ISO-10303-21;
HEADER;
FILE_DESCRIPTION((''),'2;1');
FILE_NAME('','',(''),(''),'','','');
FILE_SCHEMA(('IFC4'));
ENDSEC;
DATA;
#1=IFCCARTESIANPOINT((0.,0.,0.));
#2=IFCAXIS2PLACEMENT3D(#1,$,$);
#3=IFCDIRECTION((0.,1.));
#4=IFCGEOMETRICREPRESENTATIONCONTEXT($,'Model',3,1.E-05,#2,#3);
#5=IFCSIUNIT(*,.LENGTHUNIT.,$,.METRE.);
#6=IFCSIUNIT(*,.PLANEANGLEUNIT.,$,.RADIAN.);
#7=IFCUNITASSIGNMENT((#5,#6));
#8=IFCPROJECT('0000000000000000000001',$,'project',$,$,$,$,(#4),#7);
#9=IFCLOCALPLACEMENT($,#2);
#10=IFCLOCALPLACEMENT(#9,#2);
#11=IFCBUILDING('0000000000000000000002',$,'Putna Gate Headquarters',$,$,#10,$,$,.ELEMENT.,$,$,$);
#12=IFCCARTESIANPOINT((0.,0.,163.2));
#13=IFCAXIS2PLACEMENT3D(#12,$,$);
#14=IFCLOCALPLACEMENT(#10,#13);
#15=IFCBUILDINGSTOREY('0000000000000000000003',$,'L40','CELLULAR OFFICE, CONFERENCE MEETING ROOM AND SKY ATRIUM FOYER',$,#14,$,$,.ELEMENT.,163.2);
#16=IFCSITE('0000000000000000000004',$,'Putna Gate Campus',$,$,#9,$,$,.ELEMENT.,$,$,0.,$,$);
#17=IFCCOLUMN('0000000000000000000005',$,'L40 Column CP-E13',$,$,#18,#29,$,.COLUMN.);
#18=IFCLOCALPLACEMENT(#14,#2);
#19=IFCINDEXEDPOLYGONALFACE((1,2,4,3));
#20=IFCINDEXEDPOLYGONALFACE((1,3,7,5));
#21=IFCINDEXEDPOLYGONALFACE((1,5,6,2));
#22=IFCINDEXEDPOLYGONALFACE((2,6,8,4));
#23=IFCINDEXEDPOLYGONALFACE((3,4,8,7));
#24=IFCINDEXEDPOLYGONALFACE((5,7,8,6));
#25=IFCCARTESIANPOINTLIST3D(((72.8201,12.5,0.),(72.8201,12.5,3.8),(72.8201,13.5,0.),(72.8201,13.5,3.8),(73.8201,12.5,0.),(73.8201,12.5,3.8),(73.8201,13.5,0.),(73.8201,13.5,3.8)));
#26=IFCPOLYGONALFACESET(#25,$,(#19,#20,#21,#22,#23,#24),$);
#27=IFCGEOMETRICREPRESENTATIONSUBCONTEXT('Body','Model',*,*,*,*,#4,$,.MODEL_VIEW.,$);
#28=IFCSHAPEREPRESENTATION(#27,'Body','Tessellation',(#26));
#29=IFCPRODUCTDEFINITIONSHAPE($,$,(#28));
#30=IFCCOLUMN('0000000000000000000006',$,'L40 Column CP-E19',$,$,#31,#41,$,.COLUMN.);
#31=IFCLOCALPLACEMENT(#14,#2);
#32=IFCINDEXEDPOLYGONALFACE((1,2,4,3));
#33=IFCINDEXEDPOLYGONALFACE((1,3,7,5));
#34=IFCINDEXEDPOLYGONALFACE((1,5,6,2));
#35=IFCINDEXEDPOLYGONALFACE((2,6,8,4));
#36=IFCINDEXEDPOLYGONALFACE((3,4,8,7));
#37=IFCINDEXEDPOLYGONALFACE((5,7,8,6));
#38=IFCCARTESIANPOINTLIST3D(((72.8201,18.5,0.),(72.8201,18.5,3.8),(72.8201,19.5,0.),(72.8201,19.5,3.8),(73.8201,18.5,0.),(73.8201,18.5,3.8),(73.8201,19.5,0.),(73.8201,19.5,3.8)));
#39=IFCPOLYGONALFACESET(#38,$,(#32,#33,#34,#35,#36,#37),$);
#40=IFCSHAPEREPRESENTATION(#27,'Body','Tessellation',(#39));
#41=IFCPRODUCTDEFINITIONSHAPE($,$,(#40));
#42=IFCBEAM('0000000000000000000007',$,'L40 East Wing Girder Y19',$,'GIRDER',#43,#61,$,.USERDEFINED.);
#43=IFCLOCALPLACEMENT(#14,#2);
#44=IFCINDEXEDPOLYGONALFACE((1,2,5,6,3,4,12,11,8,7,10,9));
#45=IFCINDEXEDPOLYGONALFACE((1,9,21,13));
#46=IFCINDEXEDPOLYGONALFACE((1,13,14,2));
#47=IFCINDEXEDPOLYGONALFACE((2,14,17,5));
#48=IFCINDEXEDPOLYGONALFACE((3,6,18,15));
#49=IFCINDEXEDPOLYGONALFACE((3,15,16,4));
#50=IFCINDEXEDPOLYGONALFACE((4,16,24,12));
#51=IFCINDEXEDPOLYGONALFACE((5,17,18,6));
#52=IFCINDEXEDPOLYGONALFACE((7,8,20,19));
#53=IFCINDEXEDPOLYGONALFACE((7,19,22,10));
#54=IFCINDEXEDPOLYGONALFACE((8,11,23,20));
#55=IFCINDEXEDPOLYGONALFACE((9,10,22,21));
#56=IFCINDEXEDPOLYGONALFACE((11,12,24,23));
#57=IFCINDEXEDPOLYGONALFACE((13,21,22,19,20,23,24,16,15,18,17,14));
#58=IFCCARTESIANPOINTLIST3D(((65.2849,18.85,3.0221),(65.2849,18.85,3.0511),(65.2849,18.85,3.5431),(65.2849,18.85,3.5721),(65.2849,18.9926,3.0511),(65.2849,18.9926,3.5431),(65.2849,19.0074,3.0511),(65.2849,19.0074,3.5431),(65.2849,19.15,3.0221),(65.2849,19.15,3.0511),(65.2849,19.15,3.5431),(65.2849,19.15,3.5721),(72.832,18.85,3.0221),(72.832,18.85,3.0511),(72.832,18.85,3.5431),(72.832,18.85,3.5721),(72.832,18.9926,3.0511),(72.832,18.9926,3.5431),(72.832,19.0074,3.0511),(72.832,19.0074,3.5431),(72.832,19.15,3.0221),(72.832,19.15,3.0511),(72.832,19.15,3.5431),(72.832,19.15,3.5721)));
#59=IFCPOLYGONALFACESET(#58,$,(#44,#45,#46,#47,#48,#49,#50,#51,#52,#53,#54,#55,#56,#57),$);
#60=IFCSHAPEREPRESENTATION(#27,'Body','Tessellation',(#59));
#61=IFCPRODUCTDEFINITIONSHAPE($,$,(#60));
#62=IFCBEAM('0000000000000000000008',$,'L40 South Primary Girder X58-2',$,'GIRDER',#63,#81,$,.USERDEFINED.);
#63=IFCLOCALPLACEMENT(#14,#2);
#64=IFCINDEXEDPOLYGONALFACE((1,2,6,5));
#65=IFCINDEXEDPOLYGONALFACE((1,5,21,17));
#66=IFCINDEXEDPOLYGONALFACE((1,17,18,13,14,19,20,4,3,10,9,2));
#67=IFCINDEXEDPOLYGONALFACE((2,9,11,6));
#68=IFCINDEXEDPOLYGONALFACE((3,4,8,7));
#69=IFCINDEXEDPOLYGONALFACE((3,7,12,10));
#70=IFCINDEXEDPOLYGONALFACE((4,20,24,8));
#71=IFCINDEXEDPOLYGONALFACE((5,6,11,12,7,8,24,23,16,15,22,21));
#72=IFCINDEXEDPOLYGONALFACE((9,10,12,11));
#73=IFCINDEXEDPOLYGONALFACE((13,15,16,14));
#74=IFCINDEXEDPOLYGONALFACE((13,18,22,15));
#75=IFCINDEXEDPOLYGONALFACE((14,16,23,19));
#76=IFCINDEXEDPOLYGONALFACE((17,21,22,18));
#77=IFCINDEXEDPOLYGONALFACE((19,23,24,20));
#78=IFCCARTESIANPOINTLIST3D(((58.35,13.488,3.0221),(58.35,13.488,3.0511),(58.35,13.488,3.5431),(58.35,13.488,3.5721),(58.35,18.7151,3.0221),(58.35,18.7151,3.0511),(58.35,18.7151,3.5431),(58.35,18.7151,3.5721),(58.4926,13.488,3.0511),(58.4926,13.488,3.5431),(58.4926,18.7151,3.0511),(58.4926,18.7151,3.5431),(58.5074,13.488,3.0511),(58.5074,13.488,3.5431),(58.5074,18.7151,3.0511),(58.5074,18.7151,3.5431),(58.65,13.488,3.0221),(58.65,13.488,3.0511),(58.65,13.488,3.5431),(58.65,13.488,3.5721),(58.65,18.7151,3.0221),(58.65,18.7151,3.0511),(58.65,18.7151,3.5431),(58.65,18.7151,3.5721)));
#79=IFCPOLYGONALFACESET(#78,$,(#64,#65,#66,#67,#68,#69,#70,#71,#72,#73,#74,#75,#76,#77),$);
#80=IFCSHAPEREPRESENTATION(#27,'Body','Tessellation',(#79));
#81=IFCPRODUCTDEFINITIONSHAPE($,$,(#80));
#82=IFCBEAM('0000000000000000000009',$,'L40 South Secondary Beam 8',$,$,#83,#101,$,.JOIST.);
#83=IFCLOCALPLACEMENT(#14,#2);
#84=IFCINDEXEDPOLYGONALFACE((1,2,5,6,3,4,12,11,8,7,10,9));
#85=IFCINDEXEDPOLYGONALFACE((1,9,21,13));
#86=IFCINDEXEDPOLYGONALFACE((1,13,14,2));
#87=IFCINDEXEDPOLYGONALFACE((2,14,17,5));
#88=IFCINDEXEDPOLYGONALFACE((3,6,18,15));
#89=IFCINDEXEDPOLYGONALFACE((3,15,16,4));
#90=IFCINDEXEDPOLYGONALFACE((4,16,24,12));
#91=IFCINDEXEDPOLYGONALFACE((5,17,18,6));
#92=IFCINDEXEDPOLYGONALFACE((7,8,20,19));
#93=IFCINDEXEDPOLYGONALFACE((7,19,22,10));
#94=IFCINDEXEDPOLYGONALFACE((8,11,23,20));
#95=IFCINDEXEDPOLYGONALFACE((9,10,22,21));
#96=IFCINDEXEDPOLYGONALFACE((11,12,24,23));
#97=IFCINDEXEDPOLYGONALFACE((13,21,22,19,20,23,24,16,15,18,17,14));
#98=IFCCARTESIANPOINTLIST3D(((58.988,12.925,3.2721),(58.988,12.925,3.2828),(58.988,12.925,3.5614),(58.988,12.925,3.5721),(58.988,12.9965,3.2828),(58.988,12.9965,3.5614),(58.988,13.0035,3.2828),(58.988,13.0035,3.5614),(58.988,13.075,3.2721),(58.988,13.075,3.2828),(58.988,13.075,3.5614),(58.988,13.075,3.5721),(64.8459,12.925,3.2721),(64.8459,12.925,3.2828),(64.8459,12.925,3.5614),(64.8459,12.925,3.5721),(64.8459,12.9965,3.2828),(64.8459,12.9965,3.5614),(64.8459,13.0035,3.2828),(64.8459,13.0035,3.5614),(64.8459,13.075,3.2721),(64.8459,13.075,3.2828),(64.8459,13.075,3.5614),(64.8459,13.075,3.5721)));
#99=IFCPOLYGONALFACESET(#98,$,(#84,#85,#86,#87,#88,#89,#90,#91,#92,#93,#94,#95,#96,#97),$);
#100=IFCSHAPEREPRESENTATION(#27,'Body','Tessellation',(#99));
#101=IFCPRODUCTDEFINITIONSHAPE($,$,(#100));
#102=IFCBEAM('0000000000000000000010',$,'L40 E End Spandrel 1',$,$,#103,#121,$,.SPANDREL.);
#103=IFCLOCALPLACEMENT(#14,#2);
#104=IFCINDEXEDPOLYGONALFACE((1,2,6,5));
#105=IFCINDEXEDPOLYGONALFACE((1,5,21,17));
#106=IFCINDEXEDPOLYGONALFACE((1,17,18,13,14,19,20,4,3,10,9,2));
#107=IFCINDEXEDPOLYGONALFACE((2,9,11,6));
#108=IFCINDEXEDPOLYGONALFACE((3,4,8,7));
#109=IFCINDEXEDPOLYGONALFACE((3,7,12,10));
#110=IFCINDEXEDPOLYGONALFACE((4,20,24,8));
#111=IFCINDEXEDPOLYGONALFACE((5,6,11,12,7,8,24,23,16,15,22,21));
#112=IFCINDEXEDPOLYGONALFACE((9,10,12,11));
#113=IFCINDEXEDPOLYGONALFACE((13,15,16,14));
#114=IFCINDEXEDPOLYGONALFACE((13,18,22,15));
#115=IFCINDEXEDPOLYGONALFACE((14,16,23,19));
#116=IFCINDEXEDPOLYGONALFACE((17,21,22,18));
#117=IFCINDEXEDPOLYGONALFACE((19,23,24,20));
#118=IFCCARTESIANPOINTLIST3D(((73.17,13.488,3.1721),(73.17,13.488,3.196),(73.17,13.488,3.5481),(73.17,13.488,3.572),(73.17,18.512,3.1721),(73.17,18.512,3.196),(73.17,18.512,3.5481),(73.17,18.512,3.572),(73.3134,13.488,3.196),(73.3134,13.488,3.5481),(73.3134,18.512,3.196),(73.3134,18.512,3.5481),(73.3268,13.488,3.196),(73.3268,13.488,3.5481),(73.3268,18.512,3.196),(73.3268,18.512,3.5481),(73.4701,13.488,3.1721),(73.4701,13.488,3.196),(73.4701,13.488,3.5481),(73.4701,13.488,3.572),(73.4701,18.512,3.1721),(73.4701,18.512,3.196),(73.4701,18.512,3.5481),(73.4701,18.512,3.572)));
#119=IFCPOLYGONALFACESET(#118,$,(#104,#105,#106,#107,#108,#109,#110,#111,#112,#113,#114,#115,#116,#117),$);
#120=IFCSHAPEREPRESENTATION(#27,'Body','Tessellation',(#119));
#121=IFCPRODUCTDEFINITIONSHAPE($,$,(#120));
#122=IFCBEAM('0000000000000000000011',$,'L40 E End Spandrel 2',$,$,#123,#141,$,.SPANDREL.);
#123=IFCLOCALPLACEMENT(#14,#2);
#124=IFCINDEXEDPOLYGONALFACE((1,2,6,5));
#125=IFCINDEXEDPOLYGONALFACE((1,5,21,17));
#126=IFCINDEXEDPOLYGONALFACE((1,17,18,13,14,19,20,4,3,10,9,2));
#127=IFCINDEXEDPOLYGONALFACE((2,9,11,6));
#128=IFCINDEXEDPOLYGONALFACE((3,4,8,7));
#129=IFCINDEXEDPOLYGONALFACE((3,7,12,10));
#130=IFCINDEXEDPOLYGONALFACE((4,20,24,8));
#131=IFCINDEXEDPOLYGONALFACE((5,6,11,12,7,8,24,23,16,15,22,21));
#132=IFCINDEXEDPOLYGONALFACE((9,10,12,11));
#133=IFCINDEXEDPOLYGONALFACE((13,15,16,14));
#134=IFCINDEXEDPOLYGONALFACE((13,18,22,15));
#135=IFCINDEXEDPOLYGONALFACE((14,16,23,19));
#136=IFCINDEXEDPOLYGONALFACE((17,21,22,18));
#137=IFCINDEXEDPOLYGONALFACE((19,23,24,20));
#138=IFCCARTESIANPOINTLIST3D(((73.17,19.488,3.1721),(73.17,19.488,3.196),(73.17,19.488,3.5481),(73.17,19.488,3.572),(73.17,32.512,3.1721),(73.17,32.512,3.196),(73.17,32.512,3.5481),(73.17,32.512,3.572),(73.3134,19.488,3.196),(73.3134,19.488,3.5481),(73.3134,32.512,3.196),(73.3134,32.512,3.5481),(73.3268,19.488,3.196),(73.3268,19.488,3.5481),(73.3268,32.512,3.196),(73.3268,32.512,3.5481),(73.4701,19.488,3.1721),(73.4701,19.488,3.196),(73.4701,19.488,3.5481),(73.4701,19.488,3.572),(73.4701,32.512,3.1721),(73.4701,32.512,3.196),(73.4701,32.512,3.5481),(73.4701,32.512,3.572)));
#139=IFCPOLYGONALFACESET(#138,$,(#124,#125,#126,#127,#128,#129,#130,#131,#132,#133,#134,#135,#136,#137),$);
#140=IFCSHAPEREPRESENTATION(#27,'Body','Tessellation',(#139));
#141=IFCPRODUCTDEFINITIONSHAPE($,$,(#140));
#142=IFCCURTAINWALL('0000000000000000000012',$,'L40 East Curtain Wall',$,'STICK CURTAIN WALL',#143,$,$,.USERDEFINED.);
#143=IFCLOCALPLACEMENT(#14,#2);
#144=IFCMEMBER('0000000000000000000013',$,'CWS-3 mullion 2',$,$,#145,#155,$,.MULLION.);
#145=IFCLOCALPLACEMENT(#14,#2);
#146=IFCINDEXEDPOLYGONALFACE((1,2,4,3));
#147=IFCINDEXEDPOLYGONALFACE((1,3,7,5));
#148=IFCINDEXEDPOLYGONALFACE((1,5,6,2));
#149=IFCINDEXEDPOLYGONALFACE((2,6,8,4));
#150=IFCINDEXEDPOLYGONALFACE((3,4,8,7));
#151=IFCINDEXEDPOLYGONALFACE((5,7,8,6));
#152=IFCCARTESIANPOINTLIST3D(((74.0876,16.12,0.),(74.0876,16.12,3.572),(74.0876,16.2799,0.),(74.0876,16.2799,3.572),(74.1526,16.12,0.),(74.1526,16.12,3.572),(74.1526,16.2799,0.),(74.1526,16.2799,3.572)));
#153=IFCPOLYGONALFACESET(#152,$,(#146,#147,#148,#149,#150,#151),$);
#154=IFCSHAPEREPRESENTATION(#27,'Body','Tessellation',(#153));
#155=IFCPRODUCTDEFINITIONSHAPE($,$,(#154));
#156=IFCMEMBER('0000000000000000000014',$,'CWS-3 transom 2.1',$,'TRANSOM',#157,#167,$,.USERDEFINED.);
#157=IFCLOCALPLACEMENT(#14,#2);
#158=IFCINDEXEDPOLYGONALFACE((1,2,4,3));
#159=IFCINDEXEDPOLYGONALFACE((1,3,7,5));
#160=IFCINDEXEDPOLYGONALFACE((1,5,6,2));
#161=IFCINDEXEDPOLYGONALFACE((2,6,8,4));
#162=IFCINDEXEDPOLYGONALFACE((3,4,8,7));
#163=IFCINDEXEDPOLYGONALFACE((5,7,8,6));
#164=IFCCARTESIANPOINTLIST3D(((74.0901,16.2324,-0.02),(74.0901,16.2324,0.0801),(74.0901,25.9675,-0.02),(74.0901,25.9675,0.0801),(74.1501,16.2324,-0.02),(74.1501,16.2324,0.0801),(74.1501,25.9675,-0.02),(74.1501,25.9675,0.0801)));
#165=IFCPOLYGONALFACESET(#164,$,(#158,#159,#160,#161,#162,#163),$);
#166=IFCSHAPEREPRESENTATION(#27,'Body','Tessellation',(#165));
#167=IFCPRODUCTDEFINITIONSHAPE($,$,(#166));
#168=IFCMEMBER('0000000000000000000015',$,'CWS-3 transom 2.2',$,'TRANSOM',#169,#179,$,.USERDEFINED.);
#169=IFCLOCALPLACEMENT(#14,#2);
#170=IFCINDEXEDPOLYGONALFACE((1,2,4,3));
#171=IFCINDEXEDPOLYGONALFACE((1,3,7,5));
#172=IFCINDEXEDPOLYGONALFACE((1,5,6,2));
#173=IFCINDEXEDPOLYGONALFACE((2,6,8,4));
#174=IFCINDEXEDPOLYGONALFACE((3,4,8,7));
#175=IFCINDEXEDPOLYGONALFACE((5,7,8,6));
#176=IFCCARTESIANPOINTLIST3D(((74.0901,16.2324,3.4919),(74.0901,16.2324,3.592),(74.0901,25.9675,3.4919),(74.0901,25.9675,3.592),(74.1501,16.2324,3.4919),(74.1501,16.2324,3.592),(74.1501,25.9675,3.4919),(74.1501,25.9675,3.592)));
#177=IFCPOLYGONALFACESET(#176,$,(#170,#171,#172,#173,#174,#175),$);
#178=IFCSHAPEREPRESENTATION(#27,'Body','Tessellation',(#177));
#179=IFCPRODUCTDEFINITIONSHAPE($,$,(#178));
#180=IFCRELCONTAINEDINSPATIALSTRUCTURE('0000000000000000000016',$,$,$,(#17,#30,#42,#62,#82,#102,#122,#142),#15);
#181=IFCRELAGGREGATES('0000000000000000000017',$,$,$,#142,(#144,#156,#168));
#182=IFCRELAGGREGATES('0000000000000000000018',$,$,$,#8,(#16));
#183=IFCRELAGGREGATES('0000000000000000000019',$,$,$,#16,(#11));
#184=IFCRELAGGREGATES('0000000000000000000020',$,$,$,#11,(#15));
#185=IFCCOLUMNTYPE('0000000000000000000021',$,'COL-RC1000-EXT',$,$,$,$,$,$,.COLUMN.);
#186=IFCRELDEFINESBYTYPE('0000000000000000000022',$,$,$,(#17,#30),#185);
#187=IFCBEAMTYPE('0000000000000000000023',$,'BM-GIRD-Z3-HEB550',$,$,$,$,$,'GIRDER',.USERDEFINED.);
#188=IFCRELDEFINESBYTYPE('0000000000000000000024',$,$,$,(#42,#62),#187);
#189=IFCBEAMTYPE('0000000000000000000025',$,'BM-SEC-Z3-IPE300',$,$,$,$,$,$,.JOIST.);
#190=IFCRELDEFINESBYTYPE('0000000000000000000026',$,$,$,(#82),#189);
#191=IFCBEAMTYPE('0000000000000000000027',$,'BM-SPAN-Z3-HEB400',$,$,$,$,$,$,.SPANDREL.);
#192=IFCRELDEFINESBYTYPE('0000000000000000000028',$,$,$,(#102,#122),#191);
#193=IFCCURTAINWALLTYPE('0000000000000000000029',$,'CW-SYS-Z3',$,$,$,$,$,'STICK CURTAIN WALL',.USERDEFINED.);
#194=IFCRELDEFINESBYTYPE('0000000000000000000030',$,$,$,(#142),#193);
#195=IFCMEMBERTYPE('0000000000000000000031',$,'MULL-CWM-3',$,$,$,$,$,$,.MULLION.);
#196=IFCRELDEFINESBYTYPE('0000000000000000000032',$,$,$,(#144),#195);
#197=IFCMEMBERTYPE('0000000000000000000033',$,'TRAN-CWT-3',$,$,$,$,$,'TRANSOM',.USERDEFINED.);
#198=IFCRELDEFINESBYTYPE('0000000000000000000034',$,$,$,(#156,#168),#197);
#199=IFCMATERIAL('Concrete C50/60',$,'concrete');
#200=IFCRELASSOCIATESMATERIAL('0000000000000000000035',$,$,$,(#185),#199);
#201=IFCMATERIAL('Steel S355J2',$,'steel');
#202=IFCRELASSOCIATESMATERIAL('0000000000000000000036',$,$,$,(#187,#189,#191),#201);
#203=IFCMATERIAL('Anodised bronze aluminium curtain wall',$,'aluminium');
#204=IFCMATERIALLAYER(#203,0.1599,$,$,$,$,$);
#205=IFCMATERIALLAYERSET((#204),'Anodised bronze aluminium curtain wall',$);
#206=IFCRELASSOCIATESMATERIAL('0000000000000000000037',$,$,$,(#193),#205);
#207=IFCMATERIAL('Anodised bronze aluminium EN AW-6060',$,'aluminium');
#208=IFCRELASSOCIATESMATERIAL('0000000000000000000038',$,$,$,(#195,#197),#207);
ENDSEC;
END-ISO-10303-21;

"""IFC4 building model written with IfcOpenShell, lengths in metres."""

from ifc_helpers import new_model, si_unit, direction, frame, origin, origin_2d, place, context, subcontext, project, spatial, rectangle, i_section, extrude, material, layer, layer_set, material_profile, profile_set, type_object, element, aggregate, save


model = new_model("IFC4")

# Units and contexts
model_context = context("Model", 3, precision=1e-05, world=origin(), true_north=direction((0.0, 1.0)))
body_context = subcontext(model_context, "Body", "Model", "MODEL_VIEW")
ifc_project = project(units=[si_unit("LENGTHUNIT", "METRE"), si_unit("PLANEANGLEUNIT", "RADIAN")], contexts=[model_context])

# Site, building, storey
site_placement = place(None, origin())
site = spatial("IfcSite", under=ifc_project, at=site_placement, Name="Putna Gate Campus", CompositionType="ELEMENT", RefElevation=0.0)
building_placement = place(site_placement, origin())
building = spatial("IfcBuilding", under=site, at=building_placement, Name="Putna Gate Headquarters", CompositionType="ELEMENT")
storey_placement = place(building_placement, frame((0.0, 0.0, 163.2)))
storey = spatial("IfcBuildingStorey", under=building, at=storey_placement, Name="L40", Description="CELLULAR OFFICE, CONFERENCE MEETING ROOM AND SKY ATRIUM FOYER", CompositionType="ELEMENT", Elevation=163.2)

# Columns
ifc_material_1 = material(Name="Concrete C50/60", Category="concrete")
ifc_material_profile_1 = material_profile(ifc_material_1, rectangle(XDim=1.0, YDim=1.0, at=origin_2d()), Name="Concrete C50/60")
ifc_profile_set_1 = profile_set([ifc_material_profile_1], Name="Concrete C50/60")
column_type = type_object("IfcColumnType", Name="COL-RC1000-EXT", PredefinedType="COLUMN", material=ifc_profile_set_1)
for number, where, z_axis, x_axis, name in (
    (1, (73.3201, 13.0, 0.0), (0.0, 0.0, 1.0), (1.0, 0.0, 0.0), "L40 Column CP-E13"),
    (2, (73.3201, 19.0, 0.0), (0.0, 0.0, 1.0), (1.0, 0.0, 0.0), "L40 Column CP-E19"),
):
    element("IfcColumn", number, at=place(storey_placement, frame(where, z_axis=z_axis, x_axis=x_axis)), inside=storey, type_object=column_type, Name=name, PredefinedType="COLUMN", context=body_context, shape_type="SweptSolid", body=[
        extrude(rectangle(XDim=1.0, YDim=1.0, at=origin_2d()), origin(), (0.0, 0.0, 1.0), 3.8),
    ])

# Beams
ifc_material_2 = material(Name="Steel S355J2", Category="steel")
ifc_material_profile_2 = material_profile(ifc_material_2, i_section(OverallWidth=0.3, OverallDepth=0.55, WebThickness=0.0149, FlangeThickness=0.0291, at=origin_2d()), Name="Steel S355J2")
ifc_profile_set_2 = profile_set([ifc_material_profile_2], Name="Steel S355J2")
beam_type_1 = type_object("IfcBeamType", Name="BM-GIRD-Z3-HEB550", ElementType="GIRDER", PredefinedType="USERDEFINED", material=ifc_profile_set_2)
beam_1_placement = place(storey_placement, frame((65.2849, 19.0, 3.2971), z_axis=(1.0, 0.0, 0.0), x_axis=(0.0, 1.0, 0.0)))
element("IfcBeam", 3, at=beam_1_placement, inside=storey, type_object=beam_type_1, Name="L40 East Wing Girder Y19", ObjectType="GIRDER", PredefinedType="USERDEFINED", context=body_context, shape_type="SweptSolid", body=[
    extrude(i_section(OverallWidth=0.3, OverallDepth=0.55, WebThickness=0.0149, FlangeThickness=0.0291, at=origin_2d()), origin(), (0.0, 0.0, 1.0), 7.5471),
])
beam_2_placement = place(storey_placement, frame((58.5, 13.488, 3.2971), z_axis=(0.0, 1.0, 0.0), x_axis=(-1.0, 0.0, 0.0)))
element("IfcBeam", 4, at=beam_2_placement, inside=storey, type_object=beam_type_1, Name="L40 South Primary Girder X58-2", ObjectType="GIRDER", PredefinedType="USERDEFINED", context=body_context, shape_type="SweptSolid", body=[
    extrude(i_section(OverallWidth=0.3, OverallDepth=0.55, WebThickness=0.0149, FlangeThickness=0.0291, at=origin_2d()), origin(), (0.0, 0.0, 1.0), 5.2271),
])
ifc_material_profile_3 = material_profile(ifc_material_2, i_section(OverallWidth=0.1499, OverallDepth=0.3, WebThickness=0.0071, FlangeThickness=0.0107, at=origin_2d()), Name="Steel S355J2")
ifc_profile_set_3 = profile_set([ifc_material_profile_3], Name="Steel S355J2")
beam_type_2 = type_object("IfcBeamType", Name="BM-SEC-Z3-IPE300", PredefinedType="JOIST", material=ifc_profile_set_3)
beam_3_placement = place(storey_placement, frame((58.988, 13.0, 3.4221), z_axis=(1.0, 0.0, 0.0), x_axis=(0.0, 1.0, 0.0)))
element("IfcBeam", 5, at=beam_3_placement, inside=storey, type_object=beam_type_2, Name="L40 South Secondary Beam 8", PredefinedType="JOIST", context=body_context, shape_type="SweptSolid", body=[
    extrude(i_section(OverallWidth=0.1499, OverallDepth=0.3, WebThickness=0.0071, FlangeThickness=0.0107, at=origin_2d()), origin(), (0.0, 0.0, 1.0), 5.8579),
])
ifc_material_profile_4 = material_profile(ifc_material_2, i_section(OverallWidth=0.3, OverallDepth=0.3999, WebThickness=0.0134, FlangeThickness=0.0239, at=origin_2d()), Name="Steel S355J2")
ifc_profile_set_4 = profile_set([ifc_material_profile_4], Name="Steel S355J2")
beam_type_3 = type_object("IfcBeamType", Name="BM-SPAN-Z3-HEB400", PredefinedType="SPANDREL", material=ifc_profile_set_4)
beam_4_placement = place(storey_placement, frame((73.3201, 13.488, 3.3721), z_axis=(0.0, 1.0, 0.0), x_axis=(-1.0, 0.0, 0.0)))
element("IfcBeam", 6, at=beam_4_placement, inside=storey, type_object=beam_type_3, Name="L40 E End Spandrel 1", PredefinedType="SPANDREL", context=body_context, shape_type="SweptSolid", body=[
    extrude(i_section(OverallWidth=0.3, OverallDepth=0.3999, WebThickness=0.0134, FlangeThickness=0.0239, at=origin_2d()), origin(), (0.0, 0.0, 1.0), 5.0239),
])
beam_5_placement = place(storey_placement, frame((73.3201, 19.488, 3.3721), z_axis=(0.0, 1.0, 0.0), x_axis=(-1.0, 0.0, 0.0)))
element("IfcBeam", 7, at=beam_5_placement, inside=storey, type_object=beam_type_3, Name="L40 E End Spandrel 2", PredefinedType="SPANDREL", context=body_context, shape_type="SweptSolid", body=[
    extrude(i_section(OverallWidth=0.3, OverallDepth=0.3999, WebThickness=0.0134, FlangeThickness=0.0239, at=origin_2d()), origin(), (0.0, 0.0, 1.0), 13.0239),
])

# Curtain wall, members
ifc_material_3 = material(Name="Anodised bronze aluminium curtain wall", Category="aluminium")
ifc_layer_1 = layer(ifc_material_3, 0.1599)
ifc_layer_set_1 = layer_set([ifc_layer_1], Name="Anodised bronze aluminium curtain wall")
curtain_wall_type = type_object("IfcCurtainWallType", Name="CW-SYS-Z3", ElementType="STICK CURTAIN WALL", PredefinedType="USERDEFINED", material=ifc_layer_set_1)
curtain_wall_placement = place(storey_placement, origin())
curtain_wall = element("IfcCurtainWall", 8, at=curtain_wall_placement, inside=storey, type_object=curtain_wall_type, Name="L40 East Curtain Wall", ObjectType="STICK CURTAIN WALL", PredefinedType="USERDEFINED")
ifc_material_4 = material(Name="Anodised bronze aluminium EN AW-6060", Category="aluminium")
ifc_material_profile_5 = material_profile(ifc_material_4, rectangle(XDim=0.0649, YDim=0.1599, at=origin_2d()), Name="Anodised bronze aluminium EN AW-6060")
ifc_profile_set_5 = profile_set([ifc_material_profile_5], Name="Anodised bronze aluminium EN AW-6060")
member_type_1 = type_object("IfcMemberType", Name="MULL-CWM-3", PredefinedType="MULLION", material=ifc_profile_set_5)
member_1_placement = place(storey_placement, frame((74.1201, 16.2, 0.0), z_axis=(0.0, 0.0, 1.0), x_axis=(-1.0, 0.0, 0.0)))
member_1 = element("IfcMember", 9, at=member_1_placement, type_object=member_type_1, Name="CWS-3 mullion 2", PredefinedType="MULLION", context=body_context, shape_type="SweptSolid", body=[
    extrude(rectangle(XDim=0.0649, YDim=0.1599, at=origin_2d()), origin(), (0.0, 0.0, 1.0), 3.572),
])
ifc_material_profile_6 = material_profile(ifc_material_4, rectangle(XDim=0.0601, YDim=0.1001, at=origin_2d()), Name="Anodised bronze aluminium EN AW-6060")
ifc_profile_set_6 = profile_set([ifc_material_profile_6], Name="Anodised bronze aluminium EN AW-6060")
member_type_2 = type_object("IfcMemberType", Name="TRAN-CWT-3", ElementType="TRANSOM", PredefinedType="USERDEFINED", material=ifc_profile_set_6)
member_2_placement = place(storey_placement, frame((74.1201, 16.2324, 0.03), z_axis=(0.0, 1.0, 0.0), x_axis=(-1.0, 0.0, 0.0)))
member_2 = element("IfcMember", 10, at=member_2_placement, type_object=member_type_2, Name="CWS-3 transom 2.1", ObjectType="TRANSOM", PredefinedType="USERDEFINED", context=body_context, shape_type="SweptSolid", body=[
    extrude(rectangle(XDim=0.0601, YDim=0.1001, at=origin_2d()), origin(), (0.0, 0.0, 1.0), 9.7351),
])
member_3_placement = place(storey_placement, frame((74.1201, 16.2324, 3.542), z_axis=(0.0, 1.0, 0.0), x_axis=(-1.0, 0.0, 0.0)))
member_3 = element("IfcMember", 11, at=member_3_placement, type_object=member_type_2, Name="CWS-3 transom 2.2", ObjectType="TRANSOM", PredefinedType="USERDEFINED", context=body_context, shape_type="SweptSolid", body=[
    extrude(rectangle(XDim=0.0601, YDim=0.1001, at=origin_2d()), origin(), (0.0, 0.0, 1.0), 9.7351),
])
aggregate(curtain_wall, [member_1, member_2, member_3])

save(model, "model.ifc")
